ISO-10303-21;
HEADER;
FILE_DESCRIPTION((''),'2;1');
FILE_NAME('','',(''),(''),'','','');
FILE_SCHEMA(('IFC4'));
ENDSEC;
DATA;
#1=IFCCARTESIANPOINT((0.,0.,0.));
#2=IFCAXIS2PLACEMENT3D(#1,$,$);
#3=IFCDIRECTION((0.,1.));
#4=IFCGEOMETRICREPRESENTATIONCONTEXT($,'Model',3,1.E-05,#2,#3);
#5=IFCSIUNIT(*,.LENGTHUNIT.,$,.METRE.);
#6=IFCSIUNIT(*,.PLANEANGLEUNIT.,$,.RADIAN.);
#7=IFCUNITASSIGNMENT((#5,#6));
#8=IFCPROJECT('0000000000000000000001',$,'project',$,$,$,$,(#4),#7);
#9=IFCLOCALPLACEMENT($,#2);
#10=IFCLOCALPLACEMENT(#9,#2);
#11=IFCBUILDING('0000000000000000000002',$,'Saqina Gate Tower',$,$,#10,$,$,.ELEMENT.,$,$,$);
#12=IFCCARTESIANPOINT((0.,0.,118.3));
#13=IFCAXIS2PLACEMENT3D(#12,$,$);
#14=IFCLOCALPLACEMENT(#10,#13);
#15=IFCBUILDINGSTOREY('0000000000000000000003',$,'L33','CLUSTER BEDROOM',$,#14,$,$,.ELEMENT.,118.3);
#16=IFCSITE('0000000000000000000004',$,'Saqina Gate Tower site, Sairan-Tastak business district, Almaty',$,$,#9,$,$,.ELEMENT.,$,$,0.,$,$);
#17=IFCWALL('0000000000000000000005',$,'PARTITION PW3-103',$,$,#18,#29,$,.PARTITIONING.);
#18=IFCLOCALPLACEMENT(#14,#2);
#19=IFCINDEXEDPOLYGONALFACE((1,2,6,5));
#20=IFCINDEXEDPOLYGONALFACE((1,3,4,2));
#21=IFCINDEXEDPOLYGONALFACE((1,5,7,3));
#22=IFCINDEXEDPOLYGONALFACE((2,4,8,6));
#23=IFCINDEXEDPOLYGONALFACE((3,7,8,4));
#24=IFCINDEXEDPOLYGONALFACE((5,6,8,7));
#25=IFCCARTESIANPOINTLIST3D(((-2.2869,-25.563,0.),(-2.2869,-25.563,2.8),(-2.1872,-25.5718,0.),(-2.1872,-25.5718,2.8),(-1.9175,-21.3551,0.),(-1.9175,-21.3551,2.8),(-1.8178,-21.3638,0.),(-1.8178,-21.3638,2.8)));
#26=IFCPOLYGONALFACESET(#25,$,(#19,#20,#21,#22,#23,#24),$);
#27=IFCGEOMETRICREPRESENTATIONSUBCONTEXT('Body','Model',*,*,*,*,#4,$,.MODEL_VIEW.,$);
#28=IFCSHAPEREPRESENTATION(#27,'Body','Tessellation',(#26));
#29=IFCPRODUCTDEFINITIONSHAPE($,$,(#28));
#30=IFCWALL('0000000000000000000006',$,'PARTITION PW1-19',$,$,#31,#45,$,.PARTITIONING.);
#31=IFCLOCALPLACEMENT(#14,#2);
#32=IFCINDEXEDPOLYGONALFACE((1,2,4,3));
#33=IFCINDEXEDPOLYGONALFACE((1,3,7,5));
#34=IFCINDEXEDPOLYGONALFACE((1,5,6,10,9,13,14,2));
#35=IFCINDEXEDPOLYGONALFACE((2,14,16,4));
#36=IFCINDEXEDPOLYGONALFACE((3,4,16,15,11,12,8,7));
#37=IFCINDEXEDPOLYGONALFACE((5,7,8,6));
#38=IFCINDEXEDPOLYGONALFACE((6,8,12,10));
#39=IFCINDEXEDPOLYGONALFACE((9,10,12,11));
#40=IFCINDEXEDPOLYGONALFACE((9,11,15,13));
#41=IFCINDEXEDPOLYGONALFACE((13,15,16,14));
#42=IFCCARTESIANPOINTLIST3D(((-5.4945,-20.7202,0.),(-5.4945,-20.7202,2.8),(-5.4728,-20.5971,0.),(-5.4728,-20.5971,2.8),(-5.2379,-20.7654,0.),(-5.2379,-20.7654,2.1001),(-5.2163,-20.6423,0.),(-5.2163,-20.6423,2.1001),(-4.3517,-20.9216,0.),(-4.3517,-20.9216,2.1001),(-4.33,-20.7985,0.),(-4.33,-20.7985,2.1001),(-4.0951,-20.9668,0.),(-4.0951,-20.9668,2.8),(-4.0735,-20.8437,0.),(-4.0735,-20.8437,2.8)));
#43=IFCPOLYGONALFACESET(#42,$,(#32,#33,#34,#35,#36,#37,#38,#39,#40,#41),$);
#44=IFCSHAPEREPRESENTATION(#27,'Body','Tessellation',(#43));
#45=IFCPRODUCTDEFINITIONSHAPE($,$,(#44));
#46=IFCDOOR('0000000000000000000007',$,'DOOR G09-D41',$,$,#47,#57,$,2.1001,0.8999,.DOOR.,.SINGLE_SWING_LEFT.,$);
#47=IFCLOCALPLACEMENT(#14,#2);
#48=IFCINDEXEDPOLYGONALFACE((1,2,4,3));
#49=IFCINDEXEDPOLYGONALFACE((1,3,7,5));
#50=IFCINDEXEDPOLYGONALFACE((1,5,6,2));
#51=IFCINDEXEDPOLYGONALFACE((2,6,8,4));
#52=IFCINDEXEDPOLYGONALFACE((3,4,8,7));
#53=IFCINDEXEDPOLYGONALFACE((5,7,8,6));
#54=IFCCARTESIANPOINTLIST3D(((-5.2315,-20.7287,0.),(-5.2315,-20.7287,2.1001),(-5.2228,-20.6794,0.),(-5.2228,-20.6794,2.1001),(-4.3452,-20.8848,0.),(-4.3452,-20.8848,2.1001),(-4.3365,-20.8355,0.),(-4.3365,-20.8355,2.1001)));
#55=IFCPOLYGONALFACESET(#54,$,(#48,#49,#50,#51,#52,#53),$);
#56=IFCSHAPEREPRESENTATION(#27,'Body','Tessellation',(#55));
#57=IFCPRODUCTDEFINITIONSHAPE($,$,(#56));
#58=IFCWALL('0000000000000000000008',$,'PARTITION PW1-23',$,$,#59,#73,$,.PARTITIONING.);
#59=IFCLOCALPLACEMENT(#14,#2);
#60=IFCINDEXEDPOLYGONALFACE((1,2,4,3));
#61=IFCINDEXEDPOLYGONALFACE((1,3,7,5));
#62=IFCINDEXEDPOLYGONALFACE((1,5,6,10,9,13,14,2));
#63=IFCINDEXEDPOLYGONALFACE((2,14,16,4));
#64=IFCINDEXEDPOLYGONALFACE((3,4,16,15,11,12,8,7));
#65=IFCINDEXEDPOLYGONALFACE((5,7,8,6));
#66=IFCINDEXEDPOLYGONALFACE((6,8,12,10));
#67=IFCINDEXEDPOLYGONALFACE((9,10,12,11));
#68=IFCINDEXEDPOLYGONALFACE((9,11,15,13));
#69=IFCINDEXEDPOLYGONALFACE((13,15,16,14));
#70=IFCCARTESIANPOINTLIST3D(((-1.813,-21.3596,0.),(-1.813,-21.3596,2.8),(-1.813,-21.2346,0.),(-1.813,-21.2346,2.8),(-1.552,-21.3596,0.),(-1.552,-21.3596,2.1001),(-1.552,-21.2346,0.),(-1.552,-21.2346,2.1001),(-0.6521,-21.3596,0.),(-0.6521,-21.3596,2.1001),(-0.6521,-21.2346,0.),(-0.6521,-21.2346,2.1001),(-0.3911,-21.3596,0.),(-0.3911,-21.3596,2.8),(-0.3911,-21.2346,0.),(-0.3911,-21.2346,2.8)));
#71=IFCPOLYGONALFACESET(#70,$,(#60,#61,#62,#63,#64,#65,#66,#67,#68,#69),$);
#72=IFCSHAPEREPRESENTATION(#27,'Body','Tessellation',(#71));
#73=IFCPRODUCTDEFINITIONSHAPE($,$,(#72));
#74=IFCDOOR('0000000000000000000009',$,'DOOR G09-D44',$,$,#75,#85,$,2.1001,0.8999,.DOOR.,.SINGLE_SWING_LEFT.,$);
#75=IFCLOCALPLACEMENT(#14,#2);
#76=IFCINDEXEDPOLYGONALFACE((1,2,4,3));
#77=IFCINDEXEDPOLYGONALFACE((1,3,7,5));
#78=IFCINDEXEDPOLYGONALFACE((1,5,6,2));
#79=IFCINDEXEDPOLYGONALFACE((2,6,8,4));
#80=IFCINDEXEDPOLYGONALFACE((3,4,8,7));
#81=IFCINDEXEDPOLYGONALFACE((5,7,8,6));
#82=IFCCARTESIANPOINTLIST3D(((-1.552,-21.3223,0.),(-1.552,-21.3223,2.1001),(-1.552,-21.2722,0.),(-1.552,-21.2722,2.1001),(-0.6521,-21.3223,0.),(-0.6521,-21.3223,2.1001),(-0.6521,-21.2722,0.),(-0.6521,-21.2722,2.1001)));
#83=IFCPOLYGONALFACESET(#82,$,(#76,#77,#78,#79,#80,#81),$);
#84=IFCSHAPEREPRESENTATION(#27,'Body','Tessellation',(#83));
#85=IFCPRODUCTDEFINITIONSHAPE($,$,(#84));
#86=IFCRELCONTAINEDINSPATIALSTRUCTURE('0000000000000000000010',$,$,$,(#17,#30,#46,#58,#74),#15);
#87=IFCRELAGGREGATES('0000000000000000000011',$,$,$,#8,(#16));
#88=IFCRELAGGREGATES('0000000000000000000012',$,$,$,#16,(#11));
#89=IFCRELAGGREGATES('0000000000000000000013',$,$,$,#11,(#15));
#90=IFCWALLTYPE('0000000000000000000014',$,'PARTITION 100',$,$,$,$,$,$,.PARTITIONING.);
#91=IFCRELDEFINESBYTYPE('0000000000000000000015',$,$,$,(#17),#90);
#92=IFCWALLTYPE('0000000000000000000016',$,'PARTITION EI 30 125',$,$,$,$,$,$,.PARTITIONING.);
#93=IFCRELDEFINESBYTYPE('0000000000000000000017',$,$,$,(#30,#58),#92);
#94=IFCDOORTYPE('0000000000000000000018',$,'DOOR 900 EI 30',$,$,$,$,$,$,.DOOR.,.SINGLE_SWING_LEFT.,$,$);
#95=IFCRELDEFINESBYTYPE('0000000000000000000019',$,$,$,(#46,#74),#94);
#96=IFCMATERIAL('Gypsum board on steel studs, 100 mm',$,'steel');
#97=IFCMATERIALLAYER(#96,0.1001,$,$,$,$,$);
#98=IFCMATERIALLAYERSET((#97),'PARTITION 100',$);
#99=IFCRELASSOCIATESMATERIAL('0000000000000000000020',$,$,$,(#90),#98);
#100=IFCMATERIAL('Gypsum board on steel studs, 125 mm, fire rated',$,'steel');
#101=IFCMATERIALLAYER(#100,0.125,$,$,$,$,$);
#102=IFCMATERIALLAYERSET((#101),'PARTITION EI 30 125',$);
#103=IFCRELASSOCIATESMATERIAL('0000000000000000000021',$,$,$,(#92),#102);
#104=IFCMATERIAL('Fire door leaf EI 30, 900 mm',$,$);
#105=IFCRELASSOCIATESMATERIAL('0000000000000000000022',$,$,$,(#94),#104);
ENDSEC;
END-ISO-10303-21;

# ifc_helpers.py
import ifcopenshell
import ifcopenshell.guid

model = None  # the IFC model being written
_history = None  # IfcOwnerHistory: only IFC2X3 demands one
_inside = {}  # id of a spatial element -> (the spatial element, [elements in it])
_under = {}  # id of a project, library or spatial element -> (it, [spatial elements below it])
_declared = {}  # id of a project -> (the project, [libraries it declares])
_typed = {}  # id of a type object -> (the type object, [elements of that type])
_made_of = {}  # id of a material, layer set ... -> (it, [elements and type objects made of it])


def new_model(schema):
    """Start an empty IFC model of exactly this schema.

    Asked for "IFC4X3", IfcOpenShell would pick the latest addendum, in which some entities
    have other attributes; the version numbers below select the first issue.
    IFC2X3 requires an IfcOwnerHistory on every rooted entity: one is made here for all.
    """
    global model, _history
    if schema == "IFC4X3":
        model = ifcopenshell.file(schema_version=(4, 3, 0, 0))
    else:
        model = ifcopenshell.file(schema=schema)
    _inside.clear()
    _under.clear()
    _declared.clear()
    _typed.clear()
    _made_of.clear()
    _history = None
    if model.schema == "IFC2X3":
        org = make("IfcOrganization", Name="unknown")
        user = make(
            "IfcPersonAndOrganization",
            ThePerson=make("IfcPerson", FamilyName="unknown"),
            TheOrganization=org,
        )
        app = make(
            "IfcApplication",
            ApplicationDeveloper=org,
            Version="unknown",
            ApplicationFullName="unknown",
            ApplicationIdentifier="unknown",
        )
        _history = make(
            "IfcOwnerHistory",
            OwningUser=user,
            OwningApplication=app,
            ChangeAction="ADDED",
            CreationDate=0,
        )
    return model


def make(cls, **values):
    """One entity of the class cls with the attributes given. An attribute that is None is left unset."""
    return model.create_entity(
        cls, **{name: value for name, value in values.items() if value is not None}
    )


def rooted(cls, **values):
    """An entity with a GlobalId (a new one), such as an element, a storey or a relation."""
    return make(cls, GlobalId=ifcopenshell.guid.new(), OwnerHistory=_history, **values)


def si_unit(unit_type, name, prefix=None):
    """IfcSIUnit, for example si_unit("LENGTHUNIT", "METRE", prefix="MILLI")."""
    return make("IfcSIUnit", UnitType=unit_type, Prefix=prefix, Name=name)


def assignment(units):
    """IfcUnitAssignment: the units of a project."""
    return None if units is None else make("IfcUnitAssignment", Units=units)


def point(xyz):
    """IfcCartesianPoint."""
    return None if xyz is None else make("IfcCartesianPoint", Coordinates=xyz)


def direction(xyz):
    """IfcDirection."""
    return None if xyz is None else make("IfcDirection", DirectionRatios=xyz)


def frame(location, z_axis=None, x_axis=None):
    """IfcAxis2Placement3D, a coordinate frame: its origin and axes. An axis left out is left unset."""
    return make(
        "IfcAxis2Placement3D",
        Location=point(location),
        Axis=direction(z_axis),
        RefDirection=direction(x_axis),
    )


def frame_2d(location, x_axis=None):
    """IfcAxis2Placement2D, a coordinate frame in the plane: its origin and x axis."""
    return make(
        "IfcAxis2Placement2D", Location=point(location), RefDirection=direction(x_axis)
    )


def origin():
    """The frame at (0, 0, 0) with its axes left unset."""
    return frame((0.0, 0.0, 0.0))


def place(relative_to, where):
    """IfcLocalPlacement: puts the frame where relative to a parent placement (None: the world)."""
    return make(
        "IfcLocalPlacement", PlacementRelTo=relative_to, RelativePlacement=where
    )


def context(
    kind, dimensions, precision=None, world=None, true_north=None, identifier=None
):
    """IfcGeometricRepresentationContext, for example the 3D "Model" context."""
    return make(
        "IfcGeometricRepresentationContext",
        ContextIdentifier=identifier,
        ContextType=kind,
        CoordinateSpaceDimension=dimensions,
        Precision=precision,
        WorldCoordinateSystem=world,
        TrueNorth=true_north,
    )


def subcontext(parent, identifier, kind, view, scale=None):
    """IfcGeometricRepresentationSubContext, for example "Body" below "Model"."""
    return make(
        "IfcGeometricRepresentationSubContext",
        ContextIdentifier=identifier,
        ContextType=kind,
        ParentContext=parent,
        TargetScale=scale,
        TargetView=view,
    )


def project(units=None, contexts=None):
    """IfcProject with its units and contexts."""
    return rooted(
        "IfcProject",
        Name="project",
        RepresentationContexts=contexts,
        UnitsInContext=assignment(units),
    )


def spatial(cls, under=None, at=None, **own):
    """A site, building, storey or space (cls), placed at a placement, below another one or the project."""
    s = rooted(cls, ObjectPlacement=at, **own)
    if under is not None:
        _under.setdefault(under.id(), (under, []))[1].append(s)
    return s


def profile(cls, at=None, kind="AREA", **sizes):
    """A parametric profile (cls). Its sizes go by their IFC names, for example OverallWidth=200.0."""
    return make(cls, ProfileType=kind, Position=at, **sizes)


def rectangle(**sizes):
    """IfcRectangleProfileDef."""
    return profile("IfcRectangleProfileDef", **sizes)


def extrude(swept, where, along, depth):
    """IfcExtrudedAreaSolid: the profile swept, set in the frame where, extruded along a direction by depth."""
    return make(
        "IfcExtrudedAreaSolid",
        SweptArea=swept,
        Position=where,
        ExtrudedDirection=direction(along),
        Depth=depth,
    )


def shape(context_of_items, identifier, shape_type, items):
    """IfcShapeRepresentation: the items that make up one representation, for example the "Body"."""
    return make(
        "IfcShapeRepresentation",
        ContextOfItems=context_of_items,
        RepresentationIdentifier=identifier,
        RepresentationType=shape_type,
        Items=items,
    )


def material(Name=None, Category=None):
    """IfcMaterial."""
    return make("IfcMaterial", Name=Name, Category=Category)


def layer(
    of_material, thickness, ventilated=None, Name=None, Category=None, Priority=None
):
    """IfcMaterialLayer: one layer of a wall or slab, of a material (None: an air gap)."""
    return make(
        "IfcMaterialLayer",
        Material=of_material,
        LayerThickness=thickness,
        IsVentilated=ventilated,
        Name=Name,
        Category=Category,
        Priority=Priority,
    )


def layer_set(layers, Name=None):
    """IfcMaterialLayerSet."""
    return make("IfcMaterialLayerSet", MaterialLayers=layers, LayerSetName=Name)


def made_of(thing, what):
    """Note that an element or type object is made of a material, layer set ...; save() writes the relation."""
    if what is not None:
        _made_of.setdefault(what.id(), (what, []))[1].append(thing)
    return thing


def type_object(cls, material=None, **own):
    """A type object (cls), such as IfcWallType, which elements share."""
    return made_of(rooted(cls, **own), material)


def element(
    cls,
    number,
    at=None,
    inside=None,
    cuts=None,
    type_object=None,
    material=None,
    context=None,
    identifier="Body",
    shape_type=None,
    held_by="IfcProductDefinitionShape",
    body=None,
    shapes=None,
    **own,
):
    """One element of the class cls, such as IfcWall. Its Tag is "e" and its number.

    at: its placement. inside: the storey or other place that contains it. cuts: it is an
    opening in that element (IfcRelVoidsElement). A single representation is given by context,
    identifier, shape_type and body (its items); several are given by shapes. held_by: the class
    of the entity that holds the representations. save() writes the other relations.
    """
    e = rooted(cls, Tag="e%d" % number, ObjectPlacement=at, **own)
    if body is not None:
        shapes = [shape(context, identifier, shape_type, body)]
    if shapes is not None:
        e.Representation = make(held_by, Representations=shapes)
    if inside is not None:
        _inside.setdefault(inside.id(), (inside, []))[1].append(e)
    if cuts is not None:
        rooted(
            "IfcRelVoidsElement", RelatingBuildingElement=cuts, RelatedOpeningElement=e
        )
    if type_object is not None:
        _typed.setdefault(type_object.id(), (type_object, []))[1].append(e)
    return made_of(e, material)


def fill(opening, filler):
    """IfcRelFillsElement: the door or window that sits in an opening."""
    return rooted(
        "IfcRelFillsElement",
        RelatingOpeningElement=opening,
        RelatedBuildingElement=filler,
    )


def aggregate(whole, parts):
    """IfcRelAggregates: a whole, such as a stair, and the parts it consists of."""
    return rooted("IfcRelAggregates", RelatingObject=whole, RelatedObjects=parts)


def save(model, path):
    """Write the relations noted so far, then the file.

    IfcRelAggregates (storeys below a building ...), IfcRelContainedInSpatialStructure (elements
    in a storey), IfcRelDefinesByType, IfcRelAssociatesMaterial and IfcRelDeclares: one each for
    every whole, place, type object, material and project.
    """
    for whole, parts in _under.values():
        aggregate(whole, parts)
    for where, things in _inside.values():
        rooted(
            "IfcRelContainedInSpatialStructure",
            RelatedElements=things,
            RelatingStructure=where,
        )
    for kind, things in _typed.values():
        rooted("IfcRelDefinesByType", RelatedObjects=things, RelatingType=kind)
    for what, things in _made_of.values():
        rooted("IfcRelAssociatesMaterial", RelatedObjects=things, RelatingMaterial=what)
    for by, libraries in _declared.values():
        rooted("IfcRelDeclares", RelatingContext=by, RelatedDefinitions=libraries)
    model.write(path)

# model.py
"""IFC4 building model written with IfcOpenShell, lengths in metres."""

from ifc_helpers import new_model, si_unit, direction, frame, frame_2d, origin, place, context, subcontext, project, spatial, rectangle, extrude, material, layer, layer_set, type_object, element, fill, save


model = new_model("IFC4")

# Units and contexts
model_context = context("Model", 3, precision=1e-05, world=origin(), true_north=direction((0.0, 1.0)))
body_context = subcontext(model_context, "Body", "Model", "MODEL_VIEW")
ifc_project = project(units=[si_unit("LENGTHUNIT", "METRE"), si_unit("PLANEANGLEUNIT", "RADIAN")], contexts=[model_context])

# Site, building, storey
site_placement = place(None, origin())
site = spatial("IfcSite", under=ifc_project, at=site_placement, Name="Saqina Gate Tower site, Sairan-Tastak business district, Almaty", CompositionType="ELEMENT", RefElevation=0.0)
building_placement = place(site_placement, origin())
building = spatial("IfcBuilding", under=site, at=building_placement, Name="Saqina Gate Tower", CompositionType="ELEMENT")
storey_placement = place(building_placement, frame((0.0, 0.0, 118.3)))
storey = spatial("IfcBuildingStorey", under=building, at=storey_placement, Name="L33", Description="CLUSTER BEDROOM", CompositionType="ELEMENT", Elevation=118.3)

# Shared definitions
ifc_material_1 = material(Name="Gypsum board on steel studs, 100 mm", Category="steel")
ifc_layer_1 = layer(ifc_material_1, 0.1001)
ifc_layer_set_1 = layer_set([ifc_layer_1], Name="PARTITION 100")
wall_type_1 = type_object("IfcWallType", Name="PARTITION 100", PredefinedType="PARTITIONING", material=ifc_layer_set_1)

# Wall
wall_1_placement = place(storey_placement, frame((-2.2371, -25.5674, 0.0), z_axis=(0.0, 0.0, 1.0), x_axis=(0.087445, 0.996169, 0.0)))
element("IfcWall", 1, at=wall_1_placement, inside=storey, type_object=wall_type_1, Name="PARTITION PW3-103", PredefinedType="PARTITIONING", context=body_context, shape_type="SweptSolid", body=[
    extrude(rectangle(XDim=4.2241, YDim=0.1001, at=frame_2d((2.1121, 0.0))), origin(), (0.0, 0.0, 1.0), 2.8),
])

# Walls, openings, doors
ifc_material_2 = material(Name="Gypsum board on steel studs, 125 mm, fire rated", Category="steel")
ifc_layer_2 = layer(ifc_material_2, 0.125)
ifc_layer_set_2 = layer_set([ifc_layer_2], Name="PARTITION EI 30 125")
wall_type_2 = type_object("IfcWallType", Name="PARTITION EI 30 125", PredefinedType="PARTITIONING", material=ifc_layer_set_2)
wall_2_placement = place(storey_placement, frame((-5.4836, -20.6587, 0.0), z_axis=(0.0, 0.0, 1.0), x_axis=(0.984828, -0.17353, 0.0)))
wall_2 = element("IfcWall", 2, at=wall_2_placement, inside=storey, type_object=wall_type_2, Name="PARTITION PW1-19", PredefinedType="PARTITIONING", context=body_context, shape_type="SweptSolid", body=[
    extrude(rectangle(XDim=1.4209, YDim=0.125, at=frame_2d((0.7104, 0.0))), origin(), (0.0, 0.0, 1.0), 2.8),
])
opening_1_placement = place(wall_2_placement, frame((0.2605, 0.0, 0.0)))
opening_1 = element("IfcOpeningElement", 3, at=opening_1_placement, cuts=wall_2, PredefinedType="OPENING", context=body_context, shape_type="SweptSolid", body=[
    extrude(rectangle(XDim=0.8999, YDim=2.1001, at=frame_2d((0.45, 1.05))), frame((0.0, 0.0745, 0.0), z_axis=(0.0, -1.0, 0.0), x_axis=(1.0, 0.0, 0.0)), (0.0, 0.0, 1.0), 0.1489),
])
ifc_material_3 = material(Name="Fire door leaf EI 30, 900 mm")
door_type_1 = type_object("IfcDoorType", Name="DOOR 900 EI 30", OperationType="SINGLE_SWING_LEFT", PredefinedType="DOOR", material=ifc_material_3)
door_1_placement = place(opening_1_placement, origin())
door_1 = element("IfcDoor", 4, at=door_1_placement, inside=storey, type_object=door_type_1, Name="DOOR G09-D41", OperationType="SINGLE_SWING_LEFT", OverallHeight=2.1001, OverallWidth=0.8999, PredefinedType="DOOR", context=body_context, shape_type="SweptSolid", body=[
    extrude(rectangle(XDim=0.8999, YDim=2.1001, at=frame_2d((0.45, 1.05))), frame((0.0, 0.0249, 0.0), z_axis=(0.0, -1.0, 0.0), x_axis=(1.0, 0.0, 0.0)), (0.0, 0.0, 1.0), 0.05),
])
fill(opening_1, door_1)
wall_3_placement = place(storey_placement, frame((-1.813, -21.2971, 0.0), z_axis=(0.0, 0.0, 1.0), x_axis=(1.0, 0.0, 0.0)))
wall_3 = element("IfcWall", 5, at=wall_3_placement, inside=storey, type_object=wall_type_2, Name="PARTITION PW1-23", PredefinedType="PARTITIONING", context=body_context, shape_type="SweptSolid", body=[
    extrude(rectangle(XDim=1.4219, YDim=0.125, at=frame_2d((0.7109, 0.0))), origin(), (0.0, 0.0, 1.0), 2.8),
])
opening_2_placement = place(wall_3_placement, frame((0.261, 0.0, 0.0)))
opening_2 = element("IfcOpeningElement", 6, at=opening_2_placement, cuts=wall_3, PredefinedType="OPENING", context=body_context, shape_type="SweptSolid", body=[
    extrude(rectangle(XDim=0.8999, YDim=2.1001, at=frame_2d((0.45, 1.05))), frame((0.0, 0.0745, 0.0), z_axis=(0.0, -1.0, 0.0), x_axis=(1.0, 0.0, 0.0)), (0.0, 0.0, 1.0), 0.1489),
])
door_2_placement = place(opening_2_placement, origin())
door_2 = element("IfcDoor", 7, at=door_2_placement, inside=storey, type_object=door_type_1, Name="DOOR G09-D44", OperationType="SINGLE_SWING_LEFT", OverallHeight=2.1001, OverallWidth=0.8999, PredefinedType="DOOR", context=body_context, shape_type="SweptSolid", body=[
    extrude(rectangle(XDim=0.8999, YDim=2.1001, at=frame_2d((0.45, 1.05))), frame((0.0, 0.0249, 0.0), z_axis=(0.0, -1.0, 0.0), x_axis=(1.0, 0.0, 0.0)), (0.0, 0.0, 1.0), 0.05),
])
fill(opening_2, door_2)

save(model, "model.ifc")
